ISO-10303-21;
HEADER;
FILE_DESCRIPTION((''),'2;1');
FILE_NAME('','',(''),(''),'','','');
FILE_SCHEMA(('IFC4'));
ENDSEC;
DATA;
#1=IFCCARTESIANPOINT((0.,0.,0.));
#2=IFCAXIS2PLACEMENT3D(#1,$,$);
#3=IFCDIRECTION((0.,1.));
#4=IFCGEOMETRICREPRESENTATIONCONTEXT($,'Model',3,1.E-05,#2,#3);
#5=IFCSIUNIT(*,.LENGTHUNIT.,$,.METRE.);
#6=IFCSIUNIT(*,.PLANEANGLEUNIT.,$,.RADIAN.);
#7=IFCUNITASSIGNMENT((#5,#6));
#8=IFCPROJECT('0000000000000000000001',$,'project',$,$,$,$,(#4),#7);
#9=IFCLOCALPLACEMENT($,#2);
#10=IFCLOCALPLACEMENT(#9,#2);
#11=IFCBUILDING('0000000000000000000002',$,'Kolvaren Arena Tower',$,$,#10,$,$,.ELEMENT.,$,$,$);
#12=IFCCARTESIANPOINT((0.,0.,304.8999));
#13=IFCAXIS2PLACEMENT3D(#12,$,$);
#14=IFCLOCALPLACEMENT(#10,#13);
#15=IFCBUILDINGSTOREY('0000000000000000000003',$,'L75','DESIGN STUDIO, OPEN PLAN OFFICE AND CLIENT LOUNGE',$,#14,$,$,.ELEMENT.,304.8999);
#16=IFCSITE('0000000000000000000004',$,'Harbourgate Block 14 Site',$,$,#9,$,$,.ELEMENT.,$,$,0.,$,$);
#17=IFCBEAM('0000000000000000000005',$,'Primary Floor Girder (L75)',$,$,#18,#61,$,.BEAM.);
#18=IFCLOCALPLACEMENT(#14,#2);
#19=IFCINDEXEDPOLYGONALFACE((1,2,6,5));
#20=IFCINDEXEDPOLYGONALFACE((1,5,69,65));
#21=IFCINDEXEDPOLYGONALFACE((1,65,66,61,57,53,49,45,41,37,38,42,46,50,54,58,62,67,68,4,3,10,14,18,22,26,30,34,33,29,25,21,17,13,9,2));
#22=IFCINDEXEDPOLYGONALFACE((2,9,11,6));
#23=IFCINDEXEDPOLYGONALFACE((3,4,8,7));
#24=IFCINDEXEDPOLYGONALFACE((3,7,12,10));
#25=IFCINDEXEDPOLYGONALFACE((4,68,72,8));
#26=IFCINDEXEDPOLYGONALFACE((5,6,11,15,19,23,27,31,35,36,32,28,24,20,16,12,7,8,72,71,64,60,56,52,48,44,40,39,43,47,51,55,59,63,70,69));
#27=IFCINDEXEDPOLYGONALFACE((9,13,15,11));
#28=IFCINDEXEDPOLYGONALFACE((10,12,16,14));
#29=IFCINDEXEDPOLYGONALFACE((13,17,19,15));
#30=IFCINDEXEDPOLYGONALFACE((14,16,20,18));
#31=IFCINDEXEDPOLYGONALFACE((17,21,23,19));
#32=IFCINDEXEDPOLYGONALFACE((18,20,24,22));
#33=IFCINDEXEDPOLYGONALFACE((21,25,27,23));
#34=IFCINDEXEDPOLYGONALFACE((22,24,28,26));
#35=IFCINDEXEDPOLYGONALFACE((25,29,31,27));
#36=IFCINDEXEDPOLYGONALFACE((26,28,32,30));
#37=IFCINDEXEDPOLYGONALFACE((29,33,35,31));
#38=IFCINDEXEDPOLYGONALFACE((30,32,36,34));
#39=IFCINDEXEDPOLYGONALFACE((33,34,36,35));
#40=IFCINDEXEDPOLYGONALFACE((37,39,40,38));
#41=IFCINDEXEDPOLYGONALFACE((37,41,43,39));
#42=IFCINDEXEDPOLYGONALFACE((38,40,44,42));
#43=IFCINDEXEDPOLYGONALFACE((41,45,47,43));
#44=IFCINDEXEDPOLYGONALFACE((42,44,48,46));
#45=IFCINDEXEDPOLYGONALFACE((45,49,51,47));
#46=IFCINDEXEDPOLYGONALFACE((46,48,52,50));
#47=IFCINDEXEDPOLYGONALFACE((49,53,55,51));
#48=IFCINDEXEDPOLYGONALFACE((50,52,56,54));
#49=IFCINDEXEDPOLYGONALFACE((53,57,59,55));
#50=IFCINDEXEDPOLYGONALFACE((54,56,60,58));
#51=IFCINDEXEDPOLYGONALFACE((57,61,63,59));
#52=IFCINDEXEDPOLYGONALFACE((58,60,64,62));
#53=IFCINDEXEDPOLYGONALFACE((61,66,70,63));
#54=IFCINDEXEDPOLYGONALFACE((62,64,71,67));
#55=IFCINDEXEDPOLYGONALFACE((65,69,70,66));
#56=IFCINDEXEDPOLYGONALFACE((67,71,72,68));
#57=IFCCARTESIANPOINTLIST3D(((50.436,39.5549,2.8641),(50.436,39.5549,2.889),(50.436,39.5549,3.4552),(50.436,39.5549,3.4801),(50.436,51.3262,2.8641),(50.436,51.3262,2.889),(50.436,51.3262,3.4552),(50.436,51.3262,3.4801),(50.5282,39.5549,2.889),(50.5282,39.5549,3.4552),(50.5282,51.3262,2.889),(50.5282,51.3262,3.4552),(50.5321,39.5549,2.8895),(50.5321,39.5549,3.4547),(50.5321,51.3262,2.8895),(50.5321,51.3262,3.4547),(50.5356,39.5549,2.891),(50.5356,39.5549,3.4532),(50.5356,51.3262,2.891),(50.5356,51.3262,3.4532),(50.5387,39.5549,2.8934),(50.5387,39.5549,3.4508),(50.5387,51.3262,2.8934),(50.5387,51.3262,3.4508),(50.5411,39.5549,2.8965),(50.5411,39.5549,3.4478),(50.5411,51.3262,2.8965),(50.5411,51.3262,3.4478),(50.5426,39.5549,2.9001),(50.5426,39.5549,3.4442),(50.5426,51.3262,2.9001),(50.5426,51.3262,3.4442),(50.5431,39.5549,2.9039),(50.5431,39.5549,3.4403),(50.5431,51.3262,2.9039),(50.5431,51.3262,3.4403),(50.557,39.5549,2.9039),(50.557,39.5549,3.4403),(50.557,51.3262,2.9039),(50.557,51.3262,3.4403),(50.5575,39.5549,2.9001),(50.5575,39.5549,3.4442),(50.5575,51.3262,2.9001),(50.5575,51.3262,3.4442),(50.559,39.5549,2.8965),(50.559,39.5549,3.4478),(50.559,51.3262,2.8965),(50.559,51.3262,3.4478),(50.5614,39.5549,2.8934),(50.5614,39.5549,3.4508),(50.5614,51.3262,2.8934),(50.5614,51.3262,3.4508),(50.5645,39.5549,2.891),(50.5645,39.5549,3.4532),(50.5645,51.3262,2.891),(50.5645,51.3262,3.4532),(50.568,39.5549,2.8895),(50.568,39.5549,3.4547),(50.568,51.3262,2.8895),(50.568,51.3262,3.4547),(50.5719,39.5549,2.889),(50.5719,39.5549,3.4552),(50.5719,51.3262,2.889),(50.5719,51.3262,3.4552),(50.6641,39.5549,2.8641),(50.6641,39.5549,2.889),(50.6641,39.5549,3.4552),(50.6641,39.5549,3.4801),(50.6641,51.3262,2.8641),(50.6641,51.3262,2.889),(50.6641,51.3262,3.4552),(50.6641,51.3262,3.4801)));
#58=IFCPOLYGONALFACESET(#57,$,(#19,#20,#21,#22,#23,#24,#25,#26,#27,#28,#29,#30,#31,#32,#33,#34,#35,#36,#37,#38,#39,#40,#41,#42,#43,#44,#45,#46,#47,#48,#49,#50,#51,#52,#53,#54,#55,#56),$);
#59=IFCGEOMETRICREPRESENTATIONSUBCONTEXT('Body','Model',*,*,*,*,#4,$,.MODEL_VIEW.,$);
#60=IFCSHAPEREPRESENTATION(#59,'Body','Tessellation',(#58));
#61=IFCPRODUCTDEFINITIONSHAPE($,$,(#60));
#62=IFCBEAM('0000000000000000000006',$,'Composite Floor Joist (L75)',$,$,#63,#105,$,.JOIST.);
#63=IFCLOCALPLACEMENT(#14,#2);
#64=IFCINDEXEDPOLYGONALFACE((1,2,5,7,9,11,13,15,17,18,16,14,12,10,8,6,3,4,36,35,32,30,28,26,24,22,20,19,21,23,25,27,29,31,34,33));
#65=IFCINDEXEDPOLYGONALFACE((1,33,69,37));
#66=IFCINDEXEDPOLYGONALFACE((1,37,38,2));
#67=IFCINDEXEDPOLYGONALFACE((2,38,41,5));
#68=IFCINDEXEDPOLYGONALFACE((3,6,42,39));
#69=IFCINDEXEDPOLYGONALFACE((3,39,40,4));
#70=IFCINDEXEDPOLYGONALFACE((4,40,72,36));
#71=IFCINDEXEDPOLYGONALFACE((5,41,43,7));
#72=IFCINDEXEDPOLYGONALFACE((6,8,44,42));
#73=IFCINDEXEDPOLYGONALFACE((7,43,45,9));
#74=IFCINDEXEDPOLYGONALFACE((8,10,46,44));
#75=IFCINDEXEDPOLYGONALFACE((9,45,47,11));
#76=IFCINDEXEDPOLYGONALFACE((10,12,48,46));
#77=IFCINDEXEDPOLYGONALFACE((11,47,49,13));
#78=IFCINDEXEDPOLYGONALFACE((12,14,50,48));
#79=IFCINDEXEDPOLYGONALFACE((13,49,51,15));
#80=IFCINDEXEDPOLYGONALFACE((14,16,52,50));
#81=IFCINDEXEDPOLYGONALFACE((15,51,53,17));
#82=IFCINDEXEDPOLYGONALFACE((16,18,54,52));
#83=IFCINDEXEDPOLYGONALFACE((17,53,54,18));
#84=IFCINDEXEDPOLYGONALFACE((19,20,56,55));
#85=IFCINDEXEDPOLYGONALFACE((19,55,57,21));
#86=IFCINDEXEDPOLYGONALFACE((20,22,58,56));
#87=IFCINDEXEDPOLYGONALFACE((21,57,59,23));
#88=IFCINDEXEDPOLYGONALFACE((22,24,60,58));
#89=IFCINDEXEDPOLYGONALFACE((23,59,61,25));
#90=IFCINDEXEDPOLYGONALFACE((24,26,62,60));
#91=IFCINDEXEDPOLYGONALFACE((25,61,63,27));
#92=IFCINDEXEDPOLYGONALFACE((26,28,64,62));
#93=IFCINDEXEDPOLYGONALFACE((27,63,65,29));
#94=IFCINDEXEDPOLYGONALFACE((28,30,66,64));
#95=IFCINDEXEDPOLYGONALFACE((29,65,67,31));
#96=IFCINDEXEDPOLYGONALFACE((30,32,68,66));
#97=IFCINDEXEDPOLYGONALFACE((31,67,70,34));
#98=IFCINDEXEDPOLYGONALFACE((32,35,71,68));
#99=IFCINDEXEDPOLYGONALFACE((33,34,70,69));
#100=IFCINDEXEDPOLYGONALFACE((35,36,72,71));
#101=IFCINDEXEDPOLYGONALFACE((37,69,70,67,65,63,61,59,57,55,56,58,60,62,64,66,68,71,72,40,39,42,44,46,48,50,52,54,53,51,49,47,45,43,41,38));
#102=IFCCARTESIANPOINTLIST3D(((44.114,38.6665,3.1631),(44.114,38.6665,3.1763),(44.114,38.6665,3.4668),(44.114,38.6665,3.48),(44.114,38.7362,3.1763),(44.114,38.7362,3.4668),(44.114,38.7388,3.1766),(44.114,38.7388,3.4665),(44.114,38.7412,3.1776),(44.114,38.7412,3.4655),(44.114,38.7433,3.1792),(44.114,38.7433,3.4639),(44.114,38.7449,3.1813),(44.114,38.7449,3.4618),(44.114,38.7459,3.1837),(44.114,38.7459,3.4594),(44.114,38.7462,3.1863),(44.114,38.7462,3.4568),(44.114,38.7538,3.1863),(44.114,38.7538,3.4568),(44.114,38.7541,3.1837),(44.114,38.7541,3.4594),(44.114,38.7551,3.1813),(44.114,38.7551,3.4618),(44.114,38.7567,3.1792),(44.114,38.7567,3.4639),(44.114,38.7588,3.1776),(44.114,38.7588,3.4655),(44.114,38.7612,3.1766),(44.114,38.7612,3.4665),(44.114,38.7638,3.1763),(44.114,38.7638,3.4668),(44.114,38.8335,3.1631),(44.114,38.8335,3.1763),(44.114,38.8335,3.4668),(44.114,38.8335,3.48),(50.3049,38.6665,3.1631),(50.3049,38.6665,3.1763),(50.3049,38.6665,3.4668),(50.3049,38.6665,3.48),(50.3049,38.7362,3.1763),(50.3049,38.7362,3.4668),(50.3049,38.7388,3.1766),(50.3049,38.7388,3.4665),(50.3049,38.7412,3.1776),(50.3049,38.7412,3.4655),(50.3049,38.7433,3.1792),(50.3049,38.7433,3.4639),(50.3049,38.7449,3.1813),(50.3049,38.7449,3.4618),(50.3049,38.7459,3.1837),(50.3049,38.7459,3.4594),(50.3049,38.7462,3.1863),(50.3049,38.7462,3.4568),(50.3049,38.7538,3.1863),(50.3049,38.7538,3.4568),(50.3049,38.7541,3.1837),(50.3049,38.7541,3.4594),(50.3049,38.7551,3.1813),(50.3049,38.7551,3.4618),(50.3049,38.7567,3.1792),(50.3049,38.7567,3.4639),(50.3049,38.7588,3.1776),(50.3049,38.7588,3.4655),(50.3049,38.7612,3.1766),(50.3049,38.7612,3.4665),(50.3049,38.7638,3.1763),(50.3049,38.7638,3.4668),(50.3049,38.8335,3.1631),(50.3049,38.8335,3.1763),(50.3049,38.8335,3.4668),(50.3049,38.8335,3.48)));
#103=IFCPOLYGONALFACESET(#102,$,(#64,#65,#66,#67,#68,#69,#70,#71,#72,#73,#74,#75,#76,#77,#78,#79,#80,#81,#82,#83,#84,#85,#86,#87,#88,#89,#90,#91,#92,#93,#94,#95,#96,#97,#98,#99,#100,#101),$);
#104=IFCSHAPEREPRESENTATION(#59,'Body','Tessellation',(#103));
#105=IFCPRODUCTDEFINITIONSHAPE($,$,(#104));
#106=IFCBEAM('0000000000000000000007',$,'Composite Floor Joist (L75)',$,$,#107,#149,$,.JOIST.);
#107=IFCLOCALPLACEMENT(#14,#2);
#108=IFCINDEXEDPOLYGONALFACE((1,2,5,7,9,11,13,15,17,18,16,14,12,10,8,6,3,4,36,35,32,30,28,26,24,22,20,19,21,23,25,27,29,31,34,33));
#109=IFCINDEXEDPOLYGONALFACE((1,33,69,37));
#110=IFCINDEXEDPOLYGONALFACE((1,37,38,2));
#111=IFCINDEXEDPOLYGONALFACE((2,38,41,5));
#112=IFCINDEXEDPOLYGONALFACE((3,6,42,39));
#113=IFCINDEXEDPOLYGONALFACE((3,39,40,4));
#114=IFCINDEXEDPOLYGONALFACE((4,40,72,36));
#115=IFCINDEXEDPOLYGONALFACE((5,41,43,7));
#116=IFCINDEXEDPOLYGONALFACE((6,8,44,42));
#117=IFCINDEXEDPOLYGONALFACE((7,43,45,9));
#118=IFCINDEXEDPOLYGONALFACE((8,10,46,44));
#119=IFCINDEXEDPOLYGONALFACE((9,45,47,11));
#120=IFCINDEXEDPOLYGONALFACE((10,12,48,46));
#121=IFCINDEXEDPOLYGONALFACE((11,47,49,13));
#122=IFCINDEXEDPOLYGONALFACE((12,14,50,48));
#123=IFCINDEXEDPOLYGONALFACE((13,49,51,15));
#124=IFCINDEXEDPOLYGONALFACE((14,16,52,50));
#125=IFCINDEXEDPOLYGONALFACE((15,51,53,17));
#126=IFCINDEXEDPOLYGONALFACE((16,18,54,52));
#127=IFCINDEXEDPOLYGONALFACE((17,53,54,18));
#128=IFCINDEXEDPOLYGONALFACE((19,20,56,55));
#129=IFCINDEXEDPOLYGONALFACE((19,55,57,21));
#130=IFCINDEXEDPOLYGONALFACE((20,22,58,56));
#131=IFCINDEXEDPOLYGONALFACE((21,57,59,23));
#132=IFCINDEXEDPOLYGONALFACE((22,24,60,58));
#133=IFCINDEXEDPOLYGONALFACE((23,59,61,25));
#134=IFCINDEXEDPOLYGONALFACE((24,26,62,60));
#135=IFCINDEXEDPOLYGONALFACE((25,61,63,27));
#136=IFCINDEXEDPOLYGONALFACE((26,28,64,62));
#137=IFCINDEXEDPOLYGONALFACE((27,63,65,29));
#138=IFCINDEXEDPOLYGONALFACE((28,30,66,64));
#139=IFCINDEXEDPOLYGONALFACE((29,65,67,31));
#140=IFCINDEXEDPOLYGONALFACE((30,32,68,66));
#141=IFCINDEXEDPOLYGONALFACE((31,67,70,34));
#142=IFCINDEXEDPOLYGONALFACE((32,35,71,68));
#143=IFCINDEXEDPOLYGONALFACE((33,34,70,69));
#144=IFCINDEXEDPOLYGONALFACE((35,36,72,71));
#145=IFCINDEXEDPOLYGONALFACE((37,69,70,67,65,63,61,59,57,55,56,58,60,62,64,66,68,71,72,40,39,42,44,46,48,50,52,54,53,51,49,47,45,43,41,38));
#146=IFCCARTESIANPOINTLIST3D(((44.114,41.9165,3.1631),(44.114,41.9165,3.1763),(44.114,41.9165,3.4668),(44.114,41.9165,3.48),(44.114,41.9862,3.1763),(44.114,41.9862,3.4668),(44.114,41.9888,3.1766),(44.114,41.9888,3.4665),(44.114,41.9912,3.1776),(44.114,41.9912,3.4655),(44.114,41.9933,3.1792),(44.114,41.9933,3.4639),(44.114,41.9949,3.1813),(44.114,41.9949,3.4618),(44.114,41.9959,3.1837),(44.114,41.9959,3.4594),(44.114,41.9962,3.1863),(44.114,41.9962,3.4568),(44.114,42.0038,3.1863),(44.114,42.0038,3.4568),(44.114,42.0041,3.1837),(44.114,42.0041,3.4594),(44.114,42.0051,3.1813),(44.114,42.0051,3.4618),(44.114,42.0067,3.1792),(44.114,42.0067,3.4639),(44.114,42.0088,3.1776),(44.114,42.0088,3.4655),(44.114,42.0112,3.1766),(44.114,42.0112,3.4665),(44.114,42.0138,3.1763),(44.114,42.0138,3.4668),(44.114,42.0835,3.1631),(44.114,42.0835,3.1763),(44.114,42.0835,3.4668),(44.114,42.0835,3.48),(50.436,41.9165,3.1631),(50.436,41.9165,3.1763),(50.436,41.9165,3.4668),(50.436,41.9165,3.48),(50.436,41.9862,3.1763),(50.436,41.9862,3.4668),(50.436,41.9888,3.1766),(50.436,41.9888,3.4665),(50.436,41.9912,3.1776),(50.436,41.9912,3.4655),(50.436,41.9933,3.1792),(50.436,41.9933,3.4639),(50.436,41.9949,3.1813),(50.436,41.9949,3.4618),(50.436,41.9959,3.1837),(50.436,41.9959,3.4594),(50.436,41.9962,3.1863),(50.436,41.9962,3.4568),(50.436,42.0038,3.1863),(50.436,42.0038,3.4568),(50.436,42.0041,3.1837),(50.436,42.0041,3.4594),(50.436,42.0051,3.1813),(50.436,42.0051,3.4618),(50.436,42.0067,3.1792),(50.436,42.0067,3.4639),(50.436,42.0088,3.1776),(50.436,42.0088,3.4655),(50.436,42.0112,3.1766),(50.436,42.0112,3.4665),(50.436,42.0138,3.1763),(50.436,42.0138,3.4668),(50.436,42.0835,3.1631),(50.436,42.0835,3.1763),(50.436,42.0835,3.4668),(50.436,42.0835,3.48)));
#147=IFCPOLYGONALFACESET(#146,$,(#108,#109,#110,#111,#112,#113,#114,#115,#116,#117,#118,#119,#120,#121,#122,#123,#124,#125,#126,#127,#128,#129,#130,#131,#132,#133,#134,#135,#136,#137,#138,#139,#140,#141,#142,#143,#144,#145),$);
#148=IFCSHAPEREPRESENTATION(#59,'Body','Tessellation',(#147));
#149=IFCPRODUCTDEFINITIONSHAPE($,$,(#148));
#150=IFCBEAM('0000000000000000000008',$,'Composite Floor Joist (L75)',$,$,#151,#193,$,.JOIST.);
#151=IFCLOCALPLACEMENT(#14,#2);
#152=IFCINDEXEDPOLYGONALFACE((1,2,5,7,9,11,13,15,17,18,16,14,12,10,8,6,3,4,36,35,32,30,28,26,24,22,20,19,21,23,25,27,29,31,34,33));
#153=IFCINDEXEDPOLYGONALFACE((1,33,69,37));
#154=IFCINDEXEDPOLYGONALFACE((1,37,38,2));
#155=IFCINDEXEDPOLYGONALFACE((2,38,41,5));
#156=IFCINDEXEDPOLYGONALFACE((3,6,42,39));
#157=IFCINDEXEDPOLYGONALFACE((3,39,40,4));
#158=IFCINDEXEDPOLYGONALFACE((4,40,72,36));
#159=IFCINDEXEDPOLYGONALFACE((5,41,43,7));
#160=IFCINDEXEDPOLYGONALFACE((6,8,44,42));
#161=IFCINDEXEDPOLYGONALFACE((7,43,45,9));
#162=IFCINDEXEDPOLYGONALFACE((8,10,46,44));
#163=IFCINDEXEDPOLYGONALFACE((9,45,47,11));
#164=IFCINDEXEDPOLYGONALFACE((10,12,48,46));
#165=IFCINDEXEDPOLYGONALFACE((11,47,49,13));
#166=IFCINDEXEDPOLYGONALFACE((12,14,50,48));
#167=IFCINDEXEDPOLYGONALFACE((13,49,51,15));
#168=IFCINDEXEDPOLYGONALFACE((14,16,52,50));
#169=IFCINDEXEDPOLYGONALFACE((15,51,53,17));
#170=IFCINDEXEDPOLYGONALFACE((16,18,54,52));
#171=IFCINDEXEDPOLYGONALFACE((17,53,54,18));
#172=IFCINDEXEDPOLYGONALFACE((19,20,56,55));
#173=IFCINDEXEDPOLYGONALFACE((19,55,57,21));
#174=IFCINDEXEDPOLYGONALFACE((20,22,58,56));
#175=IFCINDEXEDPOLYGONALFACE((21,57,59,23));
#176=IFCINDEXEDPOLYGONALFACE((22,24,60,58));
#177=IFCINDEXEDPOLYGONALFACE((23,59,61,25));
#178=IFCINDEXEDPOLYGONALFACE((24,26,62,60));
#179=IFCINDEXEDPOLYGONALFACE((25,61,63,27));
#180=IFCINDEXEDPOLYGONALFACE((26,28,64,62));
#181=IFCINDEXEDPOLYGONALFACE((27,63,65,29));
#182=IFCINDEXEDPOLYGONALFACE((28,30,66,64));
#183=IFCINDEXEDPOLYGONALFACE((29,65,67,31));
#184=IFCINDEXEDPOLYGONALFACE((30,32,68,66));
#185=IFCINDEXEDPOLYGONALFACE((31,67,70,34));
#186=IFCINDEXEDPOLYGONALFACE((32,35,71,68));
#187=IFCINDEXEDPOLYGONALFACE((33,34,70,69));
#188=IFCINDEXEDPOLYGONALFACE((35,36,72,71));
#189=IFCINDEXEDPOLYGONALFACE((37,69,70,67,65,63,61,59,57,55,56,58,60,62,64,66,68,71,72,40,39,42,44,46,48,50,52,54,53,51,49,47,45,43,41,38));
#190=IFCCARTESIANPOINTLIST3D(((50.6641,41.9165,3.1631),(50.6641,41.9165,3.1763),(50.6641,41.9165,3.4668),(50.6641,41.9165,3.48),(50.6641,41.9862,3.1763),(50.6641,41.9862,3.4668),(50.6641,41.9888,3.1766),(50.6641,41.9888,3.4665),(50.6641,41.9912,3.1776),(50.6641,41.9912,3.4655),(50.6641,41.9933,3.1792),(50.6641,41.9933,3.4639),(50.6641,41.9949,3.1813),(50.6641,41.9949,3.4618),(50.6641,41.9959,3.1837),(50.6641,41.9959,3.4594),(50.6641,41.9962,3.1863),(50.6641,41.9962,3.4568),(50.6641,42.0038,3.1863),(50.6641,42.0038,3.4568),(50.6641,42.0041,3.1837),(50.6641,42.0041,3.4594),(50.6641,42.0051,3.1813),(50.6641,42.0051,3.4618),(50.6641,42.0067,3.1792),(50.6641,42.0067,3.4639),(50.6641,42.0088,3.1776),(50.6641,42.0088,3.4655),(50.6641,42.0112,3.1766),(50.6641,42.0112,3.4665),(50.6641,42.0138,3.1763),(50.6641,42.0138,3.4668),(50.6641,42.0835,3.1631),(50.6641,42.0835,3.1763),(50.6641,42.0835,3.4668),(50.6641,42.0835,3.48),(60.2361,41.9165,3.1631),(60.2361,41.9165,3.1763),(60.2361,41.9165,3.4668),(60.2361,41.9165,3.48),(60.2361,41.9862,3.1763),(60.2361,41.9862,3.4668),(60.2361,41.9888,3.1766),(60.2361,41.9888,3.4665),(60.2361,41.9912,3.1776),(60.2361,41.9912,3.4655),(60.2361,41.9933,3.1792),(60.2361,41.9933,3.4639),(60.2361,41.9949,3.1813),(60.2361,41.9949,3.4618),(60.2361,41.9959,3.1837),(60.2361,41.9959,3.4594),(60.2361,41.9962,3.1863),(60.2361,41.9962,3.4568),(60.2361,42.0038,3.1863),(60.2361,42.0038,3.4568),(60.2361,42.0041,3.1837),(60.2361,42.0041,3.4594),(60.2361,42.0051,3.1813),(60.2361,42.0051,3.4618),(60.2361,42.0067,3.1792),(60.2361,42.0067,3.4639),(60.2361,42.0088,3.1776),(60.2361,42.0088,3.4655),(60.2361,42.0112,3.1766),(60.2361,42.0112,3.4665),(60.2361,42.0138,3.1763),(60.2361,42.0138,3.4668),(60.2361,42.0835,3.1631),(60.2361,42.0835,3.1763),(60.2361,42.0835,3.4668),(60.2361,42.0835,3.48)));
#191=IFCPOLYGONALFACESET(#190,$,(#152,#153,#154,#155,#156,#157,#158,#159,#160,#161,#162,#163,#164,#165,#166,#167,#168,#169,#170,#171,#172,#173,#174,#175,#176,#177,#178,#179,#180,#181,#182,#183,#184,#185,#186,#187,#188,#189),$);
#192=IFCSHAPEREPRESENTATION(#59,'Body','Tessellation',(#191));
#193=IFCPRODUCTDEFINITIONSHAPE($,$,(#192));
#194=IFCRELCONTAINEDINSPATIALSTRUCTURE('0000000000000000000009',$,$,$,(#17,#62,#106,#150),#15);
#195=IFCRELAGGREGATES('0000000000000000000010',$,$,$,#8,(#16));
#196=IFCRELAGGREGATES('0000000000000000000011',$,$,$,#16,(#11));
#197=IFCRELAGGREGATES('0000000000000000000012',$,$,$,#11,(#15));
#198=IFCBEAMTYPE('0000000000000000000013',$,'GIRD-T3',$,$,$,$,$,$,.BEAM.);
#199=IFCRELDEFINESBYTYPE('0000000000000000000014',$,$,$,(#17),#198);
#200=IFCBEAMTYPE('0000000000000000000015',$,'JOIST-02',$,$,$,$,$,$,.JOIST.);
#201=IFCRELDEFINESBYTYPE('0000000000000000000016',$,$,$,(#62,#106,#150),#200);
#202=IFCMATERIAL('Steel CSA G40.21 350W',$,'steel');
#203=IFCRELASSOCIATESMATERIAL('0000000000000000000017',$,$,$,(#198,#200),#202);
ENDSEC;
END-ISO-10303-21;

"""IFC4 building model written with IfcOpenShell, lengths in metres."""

from ifc_helpers import new_model, si_unit, direction, frame, origin, origin_2d, place, context, subcontext, project, spatial, i_section, extrude, material, material_profile, profile_set, type_object, element, save


model = new_model("IFC4")

# Units and contexts
model_context = context("Model", 3, precision=1e-05, world=origin(), true_north=direction((0.0, 1.0)))
body_context = subcontext(model_context, "Body", "Model", "MODEL_VIEW")
ifc_project = project(units=[si_unit("LENGTHUNIT", "METRE"), si_unit("PLANEANGLEUNIT", "RADIAN")], contexts=[model_context])

# Site, building, storey
site_placement = place(None, origin())
site = spatial("IfcSite", under=ifc_project, at=site_placement, Name="Harbourgate Block 14 Site", CompositionType="ELEMENT", RefElevation=0.0)
building_placement = place(site_placement, origin())
building = spatial("IfcBuilding", under=site, at=building_placement, Name="Kolvaren Arena Tower", CompositionType="ELEMENT")
storey_placement = place(building_placement, frame((0.0, 0.0, 304.8999)))
storey = spatial("IfcBuildingStorey", under=building, at=storey_placement, Name="L75", Description="DESIGN STUDIO, OPEN PLAN OFFICE AND CLIENT LOUNGE", CompositionType="ELEMENT", Elevation=304.8999)

# Beams
ifc_material_1 = material(Name="Steel CSA G40.21 350W", Category="steel")
ifc_material_profile_1 = material_profile(ifc_material_1, i_section(OverallWidth=0.228, OverallDepth=0.616, WebThickness=0.0139, FlangeThickness=0.0249, FilletRadius=0.0149, at=origin_2d()), Name="W610x174")
ifc_profile_set_1 = profile_set([ifc_material_profile_1], Name="Steel CSA G40.21 350W")
beam_type_1 = type_object("IfcBeamType", Name="GIRD-T3", PredefinedType="BEAM", material=ifc_profile_set_1)
beam_1_placement = place(storey_placement, frame((50.55, 39.5549, 3.1721), z_axis=(0.0, 1.0, 0.0), x_axis=(-1.0, 0.0, 0.0)))
element("IfcBeam", 1, at=beam_1_placement, inside=storey, type_object=beam_type_1, Name="Primary Floor Girder (L75)", PredefinedType="BEAM", context=body_context, shape_type="SweptSolid", body=[
    extrude(i_section(OverallWidth=0.228, OverallDepth=0.616, WebThickness=0.0139, FlangeThickness=0.0249, FilletRadius=0.0149, at=origin_2d()), origin(), (0.0, 0.0, 1.0), 11.7712),
])
ifc_material_profile_2 = material_profile(ifc_material_1, i_section(OverallWidth=0.167, OverallDepth=0.3169, WebThickness=0.0076, FlangeThickness=0.0132, FilletRadius=0.01, at=origin_2d()), Name="W310x52")
ifc_profile_set_2 = profile_set([ifc_material_profile_2], Name="Steel CSA G40.21 350W")
beam_type_2 = type_object("IfcBeamType", Name="JOIST-02", PredefinedType="JOIST", material=ifc_profile_set_2)
beam_2_placement = place(storey_placement, frame((44.114, 38.75, 3.3215), z_axis=(1.0, 0.0, 0.0), x_axis=(0.0, 1.0, 0.0)))
element("IfcBeam", 2, at=beam_2_placement, inside=storey, type_object=beam_type_2, Name="Composite Floor Joist (L75)", PredefinedType="JOIST", context=body_context, shape_type="SweptSolid", body=[
    extrude(i_section(OverallWidth=0.167, OverallDepth=0.3169, WebThickness=0.0076, FlangeThickness=0.0132, FilletRadius=0.01, at=origin_2d()), origin(), (0.0, 0.0, 1.0), 6.1909),
])
beam_3_placement = place(storey_placement, frame((44.114, 42.0, 3.3215), z_axis=(1.0, 0.0, 0.0), x_axis=(0.0, 1.0, 0.0)))
element("IfcBeam", 3, at=beam_3_placement, inside=storey, type_object=beam_type_2, Name="Composite Floor Joist (L75)", PredefinedType="JOIST", context=body_context, shape_type="SweptSolid", body=[
    extrude(i_section(OverallWidth=0.167, OverallDepth=0.3169, WebThickness=0.0076, FlangeThickness=0.0132, FilletRadius=0.01, at=origin_2d()), origin(), (0.0, 0.0, 1.0), 6.322),
])
beam_4_placement = place(storey_placement, frame((50.6641, 42.0, 3.3215), z_axis=(1.0, 0.0, 0.0), x_axis=(0.0, 1.0, 0.0)))
element("IfcBeam", 4, at=beam_4_placement, inside=storey, type_object=beam_type_2, Name="Composite Floor Joist (L75)", PredefinedType="JOIST", context=body_context, shape_type="SweptSolid", body=[
    extrude(i_section(OverallWidth=0.167, OverallDepth=0.3169, WebThickness=0.0076, FlangeThickness=0.0132, FilletRadius=0.01, at=origin_2d()), origin(), (0.0, 0.0, 1.0), 9.572),
])

save(model, "model.ifc")
